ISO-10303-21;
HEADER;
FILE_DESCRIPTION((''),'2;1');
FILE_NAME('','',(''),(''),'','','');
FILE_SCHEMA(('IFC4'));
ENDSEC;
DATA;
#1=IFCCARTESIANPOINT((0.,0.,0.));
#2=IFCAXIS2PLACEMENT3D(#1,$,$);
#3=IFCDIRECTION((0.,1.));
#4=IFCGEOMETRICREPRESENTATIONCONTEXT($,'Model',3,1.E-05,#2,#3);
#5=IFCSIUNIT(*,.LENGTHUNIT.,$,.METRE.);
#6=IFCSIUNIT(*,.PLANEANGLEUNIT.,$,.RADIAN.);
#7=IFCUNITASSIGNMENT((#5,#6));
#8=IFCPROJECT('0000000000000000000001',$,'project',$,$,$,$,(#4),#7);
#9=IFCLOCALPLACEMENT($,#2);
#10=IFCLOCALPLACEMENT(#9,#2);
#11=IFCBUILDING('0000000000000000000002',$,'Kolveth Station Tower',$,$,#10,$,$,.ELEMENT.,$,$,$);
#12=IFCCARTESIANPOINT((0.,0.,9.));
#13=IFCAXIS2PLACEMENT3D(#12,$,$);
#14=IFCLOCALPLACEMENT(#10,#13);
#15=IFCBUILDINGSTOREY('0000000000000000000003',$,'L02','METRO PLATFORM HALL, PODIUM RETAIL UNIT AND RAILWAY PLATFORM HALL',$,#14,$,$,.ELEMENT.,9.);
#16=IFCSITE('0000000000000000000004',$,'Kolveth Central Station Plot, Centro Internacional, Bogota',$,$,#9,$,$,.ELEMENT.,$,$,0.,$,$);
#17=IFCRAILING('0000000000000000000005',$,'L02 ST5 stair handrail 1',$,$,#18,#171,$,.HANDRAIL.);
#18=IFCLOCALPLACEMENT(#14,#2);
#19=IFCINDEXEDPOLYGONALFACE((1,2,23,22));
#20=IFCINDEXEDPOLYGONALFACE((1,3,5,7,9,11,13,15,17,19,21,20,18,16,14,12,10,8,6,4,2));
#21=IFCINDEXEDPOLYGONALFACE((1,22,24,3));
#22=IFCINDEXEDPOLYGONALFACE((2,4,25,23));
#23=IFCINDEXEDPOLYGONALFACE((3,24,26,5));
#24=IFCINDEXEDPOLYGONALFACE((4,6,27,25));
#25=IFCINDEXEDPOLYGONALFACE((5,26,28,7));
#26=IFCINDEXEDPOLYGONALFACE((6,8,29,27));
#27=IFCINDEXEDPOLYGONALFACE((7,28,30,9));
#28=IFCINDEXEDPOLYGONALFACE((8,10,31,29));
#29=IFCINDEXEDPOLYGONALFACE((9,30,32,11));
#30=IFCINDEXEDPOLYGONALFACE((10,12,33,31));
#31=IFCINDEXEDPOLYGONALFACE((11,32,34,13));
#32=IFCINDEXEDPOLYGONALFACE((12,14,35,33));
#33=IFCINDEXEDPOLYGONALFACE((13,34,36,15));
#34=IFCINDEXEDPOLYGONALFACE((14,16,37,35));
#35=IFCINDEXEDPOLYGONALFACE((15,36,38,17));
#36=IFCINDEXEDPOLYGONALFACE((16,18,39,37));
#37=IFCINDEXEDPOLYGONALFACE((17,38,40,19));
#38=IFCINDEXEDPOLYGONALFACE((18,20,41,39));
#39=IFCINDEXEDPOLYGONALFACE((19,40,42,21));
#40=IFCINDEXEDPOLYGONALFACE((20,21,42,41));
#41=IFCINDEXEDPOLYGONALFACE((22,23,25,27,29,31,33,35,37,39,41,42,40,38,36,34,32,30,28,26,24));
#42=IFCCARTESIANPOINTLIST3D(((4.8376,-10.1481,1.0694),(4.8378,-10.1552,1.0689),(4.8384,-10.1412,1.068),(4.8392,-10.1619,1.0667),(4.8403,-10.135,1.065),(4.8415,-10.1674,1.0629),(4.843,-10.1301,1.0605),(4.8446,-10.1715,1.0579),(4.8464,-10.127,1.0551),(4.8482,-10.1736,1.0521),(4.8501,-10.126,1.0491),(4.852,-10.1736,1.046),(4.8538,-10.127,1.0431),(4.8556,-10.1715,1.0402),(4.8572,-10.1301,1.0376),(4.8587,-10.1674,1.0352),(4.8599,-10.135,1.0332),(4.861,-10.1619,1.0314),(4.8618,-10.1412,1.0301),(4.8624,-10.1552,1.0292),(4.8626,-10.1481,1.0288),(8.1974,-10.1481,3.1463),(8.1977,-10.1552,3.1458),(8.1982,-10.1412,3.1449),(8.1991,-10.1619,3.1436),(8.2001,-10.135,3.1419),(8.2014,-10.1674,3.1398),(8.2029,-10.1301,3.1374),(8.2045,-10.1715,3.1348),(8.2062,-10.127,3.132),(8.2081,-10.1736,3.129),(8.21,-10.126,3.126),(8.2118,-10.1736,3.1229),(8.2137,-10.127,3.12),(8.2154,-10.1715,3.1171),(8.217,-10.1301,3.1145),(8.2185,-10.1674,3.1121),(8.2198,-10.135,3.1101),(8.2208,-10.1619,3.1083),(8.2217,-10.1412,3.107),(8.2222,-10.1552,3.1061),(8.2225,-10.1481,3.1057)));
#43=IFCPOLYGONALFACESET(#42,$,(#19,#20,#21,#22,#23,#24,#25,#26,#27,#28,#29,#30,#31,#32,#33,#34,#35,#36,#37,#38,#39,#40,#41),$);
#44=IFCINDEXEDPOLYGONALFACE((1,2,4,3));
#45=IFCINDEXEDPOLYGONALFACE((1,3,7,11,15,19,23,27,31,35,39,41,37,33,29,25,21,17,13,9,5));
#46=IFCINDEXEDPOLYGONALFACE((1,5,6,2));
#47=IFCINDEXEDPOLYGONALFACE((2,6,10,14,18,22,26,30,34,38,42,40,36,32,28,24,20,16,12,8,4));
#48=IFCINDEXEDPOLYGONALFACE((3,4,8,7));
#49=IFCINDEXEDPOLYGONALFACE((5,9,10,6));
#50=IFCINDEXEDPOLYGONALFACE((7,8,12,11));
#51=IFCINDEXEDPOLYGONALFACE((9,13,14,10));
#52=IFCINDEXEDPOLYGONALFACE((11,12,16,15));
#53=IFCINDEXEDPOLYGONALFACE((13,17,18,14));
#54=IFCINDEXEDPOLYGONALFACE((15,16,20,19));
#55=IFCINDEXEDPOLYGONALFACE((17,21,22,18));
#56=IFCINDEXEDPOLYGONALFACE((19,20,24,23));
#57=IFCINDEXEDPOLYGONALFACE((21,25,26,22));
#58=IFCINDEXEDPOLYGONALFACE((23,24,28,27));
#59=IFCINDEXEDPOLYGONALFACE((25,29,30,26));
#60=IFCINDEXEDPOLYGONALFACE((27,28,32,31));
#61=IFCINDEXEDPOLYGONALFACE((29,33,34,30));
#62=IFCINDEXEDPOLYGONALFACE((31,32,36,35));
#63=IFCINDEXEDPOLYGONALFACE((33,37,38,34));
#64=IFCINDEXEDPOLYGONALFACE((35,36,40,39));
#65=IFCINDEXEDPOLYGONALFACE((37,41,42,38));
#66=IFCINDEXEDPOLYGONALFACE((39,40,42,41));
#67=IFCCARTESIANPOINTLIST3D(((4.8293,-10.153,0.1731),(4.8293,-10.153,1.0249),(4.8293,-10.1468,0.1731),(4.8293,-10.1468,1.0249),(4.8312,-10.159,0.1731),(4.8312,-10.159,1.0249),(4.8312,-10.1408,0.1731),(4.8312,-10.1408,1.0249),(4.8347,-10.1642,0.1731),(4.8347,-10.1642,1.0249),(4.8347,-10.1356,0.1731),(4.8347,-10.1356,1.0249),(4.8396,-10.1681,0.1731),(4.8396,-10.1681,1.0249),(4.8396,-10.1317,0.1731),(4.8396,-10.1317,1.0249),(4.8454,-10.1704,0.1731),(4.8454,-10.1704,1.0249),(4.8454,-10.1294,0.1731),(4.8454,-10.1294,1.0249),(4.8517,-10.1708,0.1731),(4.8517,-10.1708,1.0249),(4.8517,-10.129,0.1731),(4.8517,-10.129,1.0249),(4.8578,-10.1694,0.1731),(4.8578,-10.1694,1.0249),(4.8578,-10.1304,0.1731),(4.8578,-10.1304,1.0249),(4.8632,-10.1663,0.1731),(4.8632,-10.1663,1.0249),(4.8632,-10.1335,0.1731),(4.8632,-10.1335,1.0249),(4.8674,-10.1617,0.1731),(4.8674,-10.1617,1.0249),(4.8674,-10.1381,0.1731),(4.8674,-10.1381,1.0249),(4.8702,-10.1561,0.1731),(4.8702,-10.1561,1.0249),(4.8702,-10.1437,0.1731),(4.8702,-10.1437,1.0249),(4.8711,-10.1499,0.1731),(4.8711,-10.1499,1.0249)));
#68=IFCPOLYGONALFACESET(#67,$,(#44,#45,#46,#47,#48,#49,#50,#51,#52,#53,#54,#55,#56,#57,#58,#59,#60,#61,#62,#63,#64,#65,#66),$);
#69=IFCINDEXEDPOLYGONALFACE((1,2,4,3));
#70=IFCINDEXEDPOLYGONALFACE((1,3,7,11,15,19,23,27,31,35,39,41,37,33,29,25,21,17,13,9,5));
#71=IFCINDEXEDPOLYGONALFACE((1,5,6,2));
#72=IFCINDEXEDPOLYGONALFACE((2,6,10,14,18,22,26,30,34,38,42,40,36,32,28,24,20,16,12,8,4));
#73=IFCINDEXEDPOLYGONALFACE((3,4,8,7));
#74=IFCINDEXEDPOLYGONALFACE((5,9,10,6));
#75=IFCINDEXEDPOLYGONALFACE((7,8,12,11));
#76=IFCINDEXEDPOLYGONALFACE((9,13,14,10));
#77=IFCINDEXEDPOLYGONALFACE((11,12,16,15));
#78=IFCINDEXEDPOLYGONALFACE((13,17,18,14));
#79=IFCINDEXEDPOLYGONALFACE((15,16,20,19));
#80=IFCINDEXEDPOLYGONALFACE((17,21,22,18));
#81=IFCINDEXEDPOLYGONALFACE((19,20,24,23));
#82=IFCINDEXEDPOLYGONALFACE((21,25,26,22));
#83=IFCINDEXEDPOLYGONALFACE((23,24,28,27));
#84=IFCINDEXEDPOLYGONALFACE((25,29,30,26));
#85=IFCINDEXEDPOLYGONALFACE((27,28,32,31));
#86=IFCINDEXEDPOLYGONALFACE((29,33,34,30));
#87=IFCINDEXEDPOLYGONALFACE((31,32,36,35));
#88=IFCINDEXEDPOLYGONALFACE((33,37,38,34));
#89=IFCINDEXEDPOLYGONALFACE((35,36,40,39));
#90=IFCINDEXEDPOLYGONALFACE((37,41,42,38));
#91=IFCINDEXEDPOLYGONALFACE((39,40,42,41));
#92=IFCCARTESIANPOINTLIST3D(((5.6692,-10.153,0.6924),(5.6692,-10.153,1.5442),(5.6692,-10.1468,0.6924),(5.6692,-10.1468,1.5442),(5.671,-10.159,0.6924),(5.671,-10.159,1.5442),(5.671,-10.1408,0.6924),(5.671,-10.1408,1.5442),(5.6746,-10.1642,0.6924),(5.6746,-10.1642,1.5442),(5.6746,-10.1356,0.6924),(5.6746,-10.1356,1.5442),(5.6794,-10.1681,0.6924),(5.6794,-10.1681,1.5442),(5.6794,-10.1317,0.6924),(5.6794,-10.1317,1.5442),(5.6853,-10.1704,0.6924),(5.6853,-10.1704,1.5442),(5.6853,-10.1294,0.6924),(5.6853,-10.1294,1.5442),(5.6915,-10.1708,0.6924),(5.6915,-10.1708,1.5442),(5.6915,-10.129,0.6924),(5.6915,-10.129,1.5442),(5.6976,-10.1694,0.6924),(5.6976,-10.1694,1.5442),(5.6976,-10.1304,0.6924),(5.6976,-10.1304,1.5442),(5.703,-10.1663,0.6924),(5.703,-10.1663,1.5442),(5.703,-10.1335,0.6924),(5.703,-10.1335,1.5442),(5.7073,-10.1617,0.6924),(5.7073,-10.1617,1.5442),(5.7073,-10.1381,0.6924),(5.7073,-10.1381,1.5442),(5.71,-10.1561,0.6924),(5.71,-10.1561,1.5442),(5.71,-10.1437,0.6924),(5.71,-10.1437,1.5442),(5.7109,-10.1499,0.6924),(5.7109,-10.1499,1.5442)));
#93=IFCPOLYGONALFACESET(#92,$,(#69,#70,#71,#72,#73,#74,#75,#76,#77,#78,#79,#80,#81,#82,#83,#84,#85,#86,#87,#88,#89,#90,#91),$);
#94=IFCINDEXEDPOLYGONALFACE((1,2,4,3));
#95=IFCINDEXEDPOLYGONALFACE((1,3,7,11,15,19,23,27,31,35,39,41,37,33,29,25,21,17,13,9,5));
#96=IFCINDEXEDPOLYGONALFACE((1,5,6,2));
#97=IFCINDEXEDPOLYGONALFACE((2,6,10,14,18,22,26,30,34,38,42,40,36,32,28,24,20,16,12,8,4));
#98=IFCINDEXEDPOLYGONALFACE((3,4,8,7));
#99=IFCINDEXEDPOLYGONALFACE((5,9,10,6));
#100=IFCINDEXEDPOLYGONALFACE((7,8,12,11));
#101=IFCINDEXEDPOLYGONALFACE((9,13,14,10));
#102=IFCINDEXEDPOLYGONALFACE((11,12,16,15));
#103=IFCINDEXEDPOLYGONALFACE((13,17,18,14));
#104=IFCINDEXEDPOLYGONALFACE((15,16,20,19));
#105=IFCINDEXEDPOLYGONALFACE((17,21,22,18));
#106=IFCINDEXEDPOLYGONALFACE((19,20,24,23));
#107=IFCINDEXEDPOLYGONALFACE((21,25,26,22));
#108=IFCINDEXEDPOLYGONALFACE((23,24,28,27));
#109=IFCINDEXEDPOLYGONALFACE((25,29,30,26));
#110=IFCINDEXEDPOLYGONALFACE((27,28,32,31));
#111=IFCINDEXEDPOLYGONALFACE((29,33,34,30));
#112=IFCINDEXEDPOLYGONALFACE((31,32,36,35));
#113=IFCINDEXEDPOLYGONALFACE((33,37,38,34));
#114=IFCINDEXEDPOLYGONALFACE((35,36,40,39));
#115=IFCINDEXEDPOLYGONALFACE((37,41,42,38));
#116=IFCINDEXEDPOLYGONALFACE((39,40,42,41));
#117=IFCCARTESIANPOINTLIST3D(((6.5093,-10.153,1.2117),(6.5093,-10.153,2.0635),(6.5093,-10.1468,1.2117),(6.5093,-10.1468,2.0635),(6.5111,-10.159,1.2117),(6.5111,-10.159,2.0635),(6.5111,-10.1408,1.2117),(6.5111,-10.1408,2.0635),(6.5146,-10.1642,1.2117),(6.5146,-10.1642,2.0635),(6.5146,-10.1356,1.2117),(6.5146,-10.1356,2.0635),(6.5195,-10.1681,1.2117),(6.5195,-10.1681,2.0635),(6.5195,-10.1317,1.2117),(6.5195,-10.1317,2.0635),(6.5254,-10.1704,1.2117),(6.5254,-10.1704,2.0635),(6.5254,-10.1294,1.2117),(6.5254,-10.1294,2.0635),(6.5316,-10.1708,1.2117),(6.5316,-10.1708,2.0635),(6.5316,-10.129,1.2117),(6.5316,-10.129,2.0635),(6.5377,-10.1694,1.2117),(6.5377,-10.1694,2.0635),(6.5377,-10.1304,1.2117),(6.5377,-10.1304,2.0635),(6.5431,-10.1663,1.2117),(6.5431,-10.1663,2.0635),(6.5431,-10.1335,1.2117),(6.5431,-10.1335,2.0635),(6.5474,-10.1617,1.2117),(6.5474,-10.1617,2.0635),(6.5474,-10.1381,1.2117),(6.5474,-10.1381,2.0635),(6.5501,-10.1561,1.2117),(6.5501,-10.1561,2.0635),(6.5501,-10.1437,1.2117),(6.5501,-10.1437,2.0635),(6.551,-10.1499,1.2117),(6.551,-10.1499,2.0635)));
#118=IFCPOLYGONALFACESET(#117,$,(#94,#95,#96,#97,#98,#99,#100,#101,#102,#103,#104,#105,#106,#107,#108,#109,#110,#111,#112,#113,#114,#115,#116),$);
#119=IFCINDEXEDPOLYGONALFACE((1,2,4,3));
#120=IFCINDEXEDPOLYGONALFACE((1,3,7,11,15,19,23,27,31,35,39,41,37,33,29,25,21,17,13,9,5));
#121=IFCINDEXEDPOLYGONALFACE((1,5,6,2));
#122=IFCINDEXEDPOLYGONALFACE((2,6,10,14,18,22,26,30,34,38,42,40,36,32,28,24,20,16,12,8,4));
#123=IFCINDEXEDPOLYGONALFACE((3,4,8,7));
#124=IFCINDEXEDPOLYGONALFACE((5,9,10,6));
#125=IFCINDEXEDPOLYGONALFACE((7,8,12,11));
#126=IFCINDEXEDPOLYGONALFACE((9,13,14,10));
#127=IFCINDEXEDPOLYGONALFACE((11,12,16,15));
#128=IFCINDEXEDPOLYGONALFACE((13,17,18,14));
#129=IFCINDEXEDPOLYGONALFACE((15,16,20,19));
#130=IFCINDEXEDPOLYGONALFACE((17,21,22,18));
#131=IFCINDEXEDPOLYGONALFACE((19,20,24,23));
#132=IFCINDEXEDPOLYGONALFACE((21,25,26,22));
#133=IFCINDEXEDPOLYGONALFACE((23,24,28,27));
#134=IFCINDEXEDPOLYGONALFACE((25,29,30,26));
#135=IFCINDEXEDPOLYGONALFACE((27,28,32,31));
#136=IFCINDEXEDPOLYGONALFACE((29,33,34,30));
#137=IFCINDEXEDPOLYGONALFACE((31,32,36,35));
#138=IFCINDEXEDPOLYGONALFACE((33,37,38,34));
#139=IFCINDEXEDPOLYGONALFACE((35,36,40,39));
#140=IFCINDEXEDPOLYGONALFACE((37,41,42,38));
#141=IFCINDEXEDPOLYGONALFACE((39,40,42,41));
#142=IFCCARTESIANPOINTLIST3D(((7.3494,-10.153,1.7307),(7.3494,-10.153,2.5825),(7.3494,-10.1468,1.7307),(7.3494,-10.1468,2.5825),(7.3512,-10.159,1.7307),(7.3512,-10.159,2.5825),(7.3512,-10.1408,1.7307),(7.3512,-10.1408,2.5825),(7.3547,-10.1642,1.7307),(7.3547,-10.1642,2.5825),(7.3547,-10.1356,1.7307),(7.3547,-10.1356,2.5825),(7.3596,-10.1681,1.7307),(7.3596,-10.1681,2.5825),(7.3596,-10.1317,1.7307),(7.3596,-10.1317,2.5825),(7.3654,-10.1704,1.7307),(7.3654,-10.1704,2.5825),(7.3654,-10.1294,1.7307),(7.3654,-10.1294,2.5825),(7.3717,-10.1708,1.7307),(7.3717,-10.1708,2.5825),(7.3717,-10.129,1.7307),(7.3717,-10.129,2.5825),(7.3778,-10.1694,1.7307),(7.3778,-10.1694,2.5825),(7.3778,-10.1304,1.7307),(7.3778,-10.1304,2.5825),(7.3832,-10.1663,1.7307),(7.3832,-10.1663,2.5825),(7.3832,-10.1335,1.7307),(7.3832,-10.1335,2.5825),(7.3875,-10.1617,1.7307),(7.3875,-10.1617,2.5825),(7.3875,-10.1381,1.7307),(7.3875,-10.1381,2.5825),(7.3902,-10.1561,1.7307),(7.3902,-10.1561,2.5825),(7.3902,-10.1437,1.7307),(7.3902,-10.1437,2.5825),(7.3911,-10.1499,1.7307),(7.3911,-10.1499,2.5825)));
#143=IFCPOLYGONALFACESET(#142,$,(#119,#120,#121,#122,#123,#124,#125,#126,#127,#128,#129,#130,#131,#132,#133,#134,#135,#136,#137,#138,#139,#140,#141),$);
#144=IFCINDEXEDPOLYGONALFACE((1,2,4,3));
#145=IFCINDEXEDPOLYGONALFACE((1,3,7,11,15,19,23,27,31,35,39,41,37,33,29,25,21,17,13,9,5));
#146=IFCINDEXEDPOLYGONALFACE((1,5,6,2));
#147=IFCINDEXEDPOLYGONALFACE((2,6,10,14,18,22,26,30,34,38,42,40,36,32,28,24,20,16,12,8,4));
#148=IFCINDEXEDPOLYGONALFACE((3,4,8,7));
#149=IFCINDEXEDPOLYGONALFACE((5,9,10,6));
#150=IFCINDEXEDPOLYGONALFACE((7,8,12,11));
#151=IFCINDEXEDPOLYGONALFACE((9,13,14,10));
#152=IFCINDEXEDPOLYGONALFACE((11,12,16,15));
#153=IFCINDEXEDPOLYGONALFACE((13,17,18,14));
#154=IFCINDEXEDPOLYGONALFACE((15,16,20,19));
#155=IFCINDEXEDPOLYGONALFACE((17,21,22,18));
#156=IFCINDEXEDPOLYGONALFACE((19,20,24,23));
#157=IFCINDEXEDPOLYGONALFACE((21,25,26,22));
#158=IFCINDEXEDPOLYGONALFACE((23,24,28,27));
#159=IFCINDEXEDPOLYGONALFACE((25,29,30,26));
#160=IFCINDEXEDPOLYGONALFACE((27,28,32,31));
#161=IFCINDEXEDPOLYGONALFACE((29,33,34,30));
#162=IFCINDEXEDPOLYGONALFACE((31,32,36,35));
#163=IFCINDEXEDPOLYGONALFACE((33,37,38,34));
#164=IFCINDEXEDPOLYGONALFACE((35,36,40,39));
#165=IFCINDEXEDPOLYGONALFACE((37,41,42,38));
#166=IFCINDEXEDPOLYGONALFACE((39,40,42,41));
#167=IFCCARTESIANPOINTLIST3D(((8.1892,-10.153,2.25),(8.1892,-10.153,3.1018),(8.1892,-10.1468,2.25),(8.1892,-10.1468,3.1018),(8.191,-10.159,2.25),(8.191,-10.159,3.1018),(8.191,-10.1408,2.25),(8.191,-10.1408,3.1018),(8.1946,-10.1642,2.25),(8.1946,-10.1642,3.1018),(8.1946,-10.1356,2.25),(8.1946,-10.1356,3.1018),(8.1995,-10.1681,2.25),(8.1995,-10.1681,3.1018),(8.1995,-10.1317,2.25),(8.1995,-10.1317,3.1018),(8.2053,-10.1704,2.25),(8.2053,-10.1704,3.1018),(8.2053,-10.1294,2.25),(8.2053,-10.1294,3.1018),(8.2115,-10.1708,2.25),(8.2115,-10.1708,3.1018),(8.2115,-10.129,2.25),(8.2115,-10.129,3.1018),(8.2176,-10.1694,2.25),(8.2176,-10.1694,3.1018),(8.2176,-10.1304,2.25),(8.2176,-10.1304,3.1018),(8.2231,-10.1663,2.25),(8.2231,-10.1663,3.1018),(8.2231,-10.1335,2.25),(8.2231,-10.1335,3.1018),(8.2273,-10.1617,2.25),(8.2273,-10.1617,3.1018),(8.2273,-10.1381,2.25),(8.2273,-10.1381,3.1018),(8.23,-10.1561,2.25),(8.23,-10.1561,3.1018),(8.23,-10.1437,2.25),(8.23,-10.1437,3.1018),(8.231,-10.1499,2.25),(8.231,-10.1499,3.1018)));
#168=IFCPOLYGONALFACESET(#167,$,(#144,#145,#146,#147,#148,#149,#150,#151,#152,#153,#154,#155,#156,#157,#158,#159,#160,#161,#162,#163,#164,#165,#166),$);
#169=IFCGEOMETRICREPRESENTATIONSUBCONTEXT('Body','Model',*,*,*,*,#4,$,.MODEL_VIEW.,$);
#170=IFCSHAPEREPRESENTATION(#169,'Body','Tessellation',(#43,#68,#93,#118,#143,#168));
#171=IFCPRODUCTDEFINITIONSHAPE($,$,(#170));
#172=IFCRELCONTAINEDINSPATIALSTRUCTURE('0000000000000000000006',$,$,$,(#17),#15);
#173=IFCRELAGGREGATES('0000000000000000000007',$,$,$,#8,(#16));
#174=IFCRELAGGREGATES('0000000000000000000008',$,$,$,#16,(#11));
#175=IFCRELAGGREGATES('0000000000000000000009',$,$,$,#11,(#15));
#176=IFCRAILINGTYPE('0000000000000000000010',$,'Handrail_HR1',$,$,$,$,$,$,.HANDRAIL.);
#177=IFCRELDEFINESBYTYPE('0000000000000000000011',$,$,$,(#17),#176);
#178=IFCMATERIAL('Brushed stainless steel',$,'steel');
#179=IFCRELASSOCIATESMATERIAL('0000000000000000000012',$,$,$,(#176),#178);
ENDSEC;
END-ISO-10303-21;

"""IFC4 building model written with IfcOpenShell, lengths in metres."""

from ifc_helpers import new_model, si_unit, direction, frame, origin, origin_2d, place, context, subcontext, project, spatial, circle, extrude, material, type_object, element, save


model = new_model("IFC4")

# Units and contexts
model_context = context("Model", 3, precision=1e-05, world=origin(), true_north=direction((0.0, 1.0)))
body_context = subcontext(model_context, "Body", "Model", "MODEL_VIEW")
ifc_project = project(units=[si_unit("LENGTHUNIT", "METRE"), si_unit("PLANEANGLEUNIT", "RADIAN")], contexts=[model_context])

# Site, building, storey
site_placement = place(None, origin())
site = spatial("IfcSite", under=ifc_project, at=site_placement, Name="Kolveth Central Station Plot, Centro Internacional, Bogota", CompositionType="ELEMENT", RefElevation=0.0)
building_placement = place(site_placement, origin())
building = spatial("IfcBuilding", under=site, at=building_placement, Name="Kolveth Station Tower", CompositionType="ELEMENT")
storey_placement = place(building_placement, frame((0.0, 0.0, 9.0)))
storey = spatial("IfcBuildingStorey", under=building, at=storey_placement, Name="L02", Description="METRO PLATFORM HALL, PODIUM RETAIL UNIT AND RAILWAY PLATFORM HALL", CompositionType="ELEMENT", Elevation=9.0)

# Railing
ifc_material_1 = material(Name="Brushed stainless steel", Category="steel")
railing_type_1 = type_object("IfcRailingType", Name="Handrail_HR1", PredefinedType="HANDRAIL", material=ifc_material_1)
railing_1_placement = place(storey_placement, frame((4.8501, -10.1499, 0.1731)))
element("IfcRailing", 1, at=railing_1_placement, inside=storey, type_object=railing_type_1, Name="L02 ST5 stair handrail 1", PredefinedType="HANDRAIL", context=body_context, shape_type="SweptSolid", body=[
    extrude(circle(Radius=0.0239, at=origin_2d()), frame((0.0, 0.0, 0.876), z_axis=(0.850606, 0.0, 0.525803), x_axis=(0.0, 1.0, 0.0)), (0.0, 0.0, 1.0), 3.95),
    extrude(circle(Radius=0.021, at=origin_2d()), origin(), (0.0, 0.0, 1.0), 0.8518),
    extrude(circle(Radius=0.021, at=origin_2d()), frame((0.8398, 0.0, 0.5193)), (0.0, 0.0, 1.0), 0.8518),
    extrude(circle(Radius=0.021, at=origin_2d()), frame((1.6799, 0.0, 1.0386)), (0.0, 0.0, 1.0), 0.8518),
    extrude(circle(Radius=0.021, at=origin_2d()), frame((2.52, 0.0, 1.5576)), (0.0, 0.0, 1.0), 0.8518),
    extrude(circle(Radius=0.021, at=origin_2d()), frame((3.3599, 0.0, 2.0769)), (0.0, 0.0, 1.0), 0.8518),
])

save(model, "model.ifc")
